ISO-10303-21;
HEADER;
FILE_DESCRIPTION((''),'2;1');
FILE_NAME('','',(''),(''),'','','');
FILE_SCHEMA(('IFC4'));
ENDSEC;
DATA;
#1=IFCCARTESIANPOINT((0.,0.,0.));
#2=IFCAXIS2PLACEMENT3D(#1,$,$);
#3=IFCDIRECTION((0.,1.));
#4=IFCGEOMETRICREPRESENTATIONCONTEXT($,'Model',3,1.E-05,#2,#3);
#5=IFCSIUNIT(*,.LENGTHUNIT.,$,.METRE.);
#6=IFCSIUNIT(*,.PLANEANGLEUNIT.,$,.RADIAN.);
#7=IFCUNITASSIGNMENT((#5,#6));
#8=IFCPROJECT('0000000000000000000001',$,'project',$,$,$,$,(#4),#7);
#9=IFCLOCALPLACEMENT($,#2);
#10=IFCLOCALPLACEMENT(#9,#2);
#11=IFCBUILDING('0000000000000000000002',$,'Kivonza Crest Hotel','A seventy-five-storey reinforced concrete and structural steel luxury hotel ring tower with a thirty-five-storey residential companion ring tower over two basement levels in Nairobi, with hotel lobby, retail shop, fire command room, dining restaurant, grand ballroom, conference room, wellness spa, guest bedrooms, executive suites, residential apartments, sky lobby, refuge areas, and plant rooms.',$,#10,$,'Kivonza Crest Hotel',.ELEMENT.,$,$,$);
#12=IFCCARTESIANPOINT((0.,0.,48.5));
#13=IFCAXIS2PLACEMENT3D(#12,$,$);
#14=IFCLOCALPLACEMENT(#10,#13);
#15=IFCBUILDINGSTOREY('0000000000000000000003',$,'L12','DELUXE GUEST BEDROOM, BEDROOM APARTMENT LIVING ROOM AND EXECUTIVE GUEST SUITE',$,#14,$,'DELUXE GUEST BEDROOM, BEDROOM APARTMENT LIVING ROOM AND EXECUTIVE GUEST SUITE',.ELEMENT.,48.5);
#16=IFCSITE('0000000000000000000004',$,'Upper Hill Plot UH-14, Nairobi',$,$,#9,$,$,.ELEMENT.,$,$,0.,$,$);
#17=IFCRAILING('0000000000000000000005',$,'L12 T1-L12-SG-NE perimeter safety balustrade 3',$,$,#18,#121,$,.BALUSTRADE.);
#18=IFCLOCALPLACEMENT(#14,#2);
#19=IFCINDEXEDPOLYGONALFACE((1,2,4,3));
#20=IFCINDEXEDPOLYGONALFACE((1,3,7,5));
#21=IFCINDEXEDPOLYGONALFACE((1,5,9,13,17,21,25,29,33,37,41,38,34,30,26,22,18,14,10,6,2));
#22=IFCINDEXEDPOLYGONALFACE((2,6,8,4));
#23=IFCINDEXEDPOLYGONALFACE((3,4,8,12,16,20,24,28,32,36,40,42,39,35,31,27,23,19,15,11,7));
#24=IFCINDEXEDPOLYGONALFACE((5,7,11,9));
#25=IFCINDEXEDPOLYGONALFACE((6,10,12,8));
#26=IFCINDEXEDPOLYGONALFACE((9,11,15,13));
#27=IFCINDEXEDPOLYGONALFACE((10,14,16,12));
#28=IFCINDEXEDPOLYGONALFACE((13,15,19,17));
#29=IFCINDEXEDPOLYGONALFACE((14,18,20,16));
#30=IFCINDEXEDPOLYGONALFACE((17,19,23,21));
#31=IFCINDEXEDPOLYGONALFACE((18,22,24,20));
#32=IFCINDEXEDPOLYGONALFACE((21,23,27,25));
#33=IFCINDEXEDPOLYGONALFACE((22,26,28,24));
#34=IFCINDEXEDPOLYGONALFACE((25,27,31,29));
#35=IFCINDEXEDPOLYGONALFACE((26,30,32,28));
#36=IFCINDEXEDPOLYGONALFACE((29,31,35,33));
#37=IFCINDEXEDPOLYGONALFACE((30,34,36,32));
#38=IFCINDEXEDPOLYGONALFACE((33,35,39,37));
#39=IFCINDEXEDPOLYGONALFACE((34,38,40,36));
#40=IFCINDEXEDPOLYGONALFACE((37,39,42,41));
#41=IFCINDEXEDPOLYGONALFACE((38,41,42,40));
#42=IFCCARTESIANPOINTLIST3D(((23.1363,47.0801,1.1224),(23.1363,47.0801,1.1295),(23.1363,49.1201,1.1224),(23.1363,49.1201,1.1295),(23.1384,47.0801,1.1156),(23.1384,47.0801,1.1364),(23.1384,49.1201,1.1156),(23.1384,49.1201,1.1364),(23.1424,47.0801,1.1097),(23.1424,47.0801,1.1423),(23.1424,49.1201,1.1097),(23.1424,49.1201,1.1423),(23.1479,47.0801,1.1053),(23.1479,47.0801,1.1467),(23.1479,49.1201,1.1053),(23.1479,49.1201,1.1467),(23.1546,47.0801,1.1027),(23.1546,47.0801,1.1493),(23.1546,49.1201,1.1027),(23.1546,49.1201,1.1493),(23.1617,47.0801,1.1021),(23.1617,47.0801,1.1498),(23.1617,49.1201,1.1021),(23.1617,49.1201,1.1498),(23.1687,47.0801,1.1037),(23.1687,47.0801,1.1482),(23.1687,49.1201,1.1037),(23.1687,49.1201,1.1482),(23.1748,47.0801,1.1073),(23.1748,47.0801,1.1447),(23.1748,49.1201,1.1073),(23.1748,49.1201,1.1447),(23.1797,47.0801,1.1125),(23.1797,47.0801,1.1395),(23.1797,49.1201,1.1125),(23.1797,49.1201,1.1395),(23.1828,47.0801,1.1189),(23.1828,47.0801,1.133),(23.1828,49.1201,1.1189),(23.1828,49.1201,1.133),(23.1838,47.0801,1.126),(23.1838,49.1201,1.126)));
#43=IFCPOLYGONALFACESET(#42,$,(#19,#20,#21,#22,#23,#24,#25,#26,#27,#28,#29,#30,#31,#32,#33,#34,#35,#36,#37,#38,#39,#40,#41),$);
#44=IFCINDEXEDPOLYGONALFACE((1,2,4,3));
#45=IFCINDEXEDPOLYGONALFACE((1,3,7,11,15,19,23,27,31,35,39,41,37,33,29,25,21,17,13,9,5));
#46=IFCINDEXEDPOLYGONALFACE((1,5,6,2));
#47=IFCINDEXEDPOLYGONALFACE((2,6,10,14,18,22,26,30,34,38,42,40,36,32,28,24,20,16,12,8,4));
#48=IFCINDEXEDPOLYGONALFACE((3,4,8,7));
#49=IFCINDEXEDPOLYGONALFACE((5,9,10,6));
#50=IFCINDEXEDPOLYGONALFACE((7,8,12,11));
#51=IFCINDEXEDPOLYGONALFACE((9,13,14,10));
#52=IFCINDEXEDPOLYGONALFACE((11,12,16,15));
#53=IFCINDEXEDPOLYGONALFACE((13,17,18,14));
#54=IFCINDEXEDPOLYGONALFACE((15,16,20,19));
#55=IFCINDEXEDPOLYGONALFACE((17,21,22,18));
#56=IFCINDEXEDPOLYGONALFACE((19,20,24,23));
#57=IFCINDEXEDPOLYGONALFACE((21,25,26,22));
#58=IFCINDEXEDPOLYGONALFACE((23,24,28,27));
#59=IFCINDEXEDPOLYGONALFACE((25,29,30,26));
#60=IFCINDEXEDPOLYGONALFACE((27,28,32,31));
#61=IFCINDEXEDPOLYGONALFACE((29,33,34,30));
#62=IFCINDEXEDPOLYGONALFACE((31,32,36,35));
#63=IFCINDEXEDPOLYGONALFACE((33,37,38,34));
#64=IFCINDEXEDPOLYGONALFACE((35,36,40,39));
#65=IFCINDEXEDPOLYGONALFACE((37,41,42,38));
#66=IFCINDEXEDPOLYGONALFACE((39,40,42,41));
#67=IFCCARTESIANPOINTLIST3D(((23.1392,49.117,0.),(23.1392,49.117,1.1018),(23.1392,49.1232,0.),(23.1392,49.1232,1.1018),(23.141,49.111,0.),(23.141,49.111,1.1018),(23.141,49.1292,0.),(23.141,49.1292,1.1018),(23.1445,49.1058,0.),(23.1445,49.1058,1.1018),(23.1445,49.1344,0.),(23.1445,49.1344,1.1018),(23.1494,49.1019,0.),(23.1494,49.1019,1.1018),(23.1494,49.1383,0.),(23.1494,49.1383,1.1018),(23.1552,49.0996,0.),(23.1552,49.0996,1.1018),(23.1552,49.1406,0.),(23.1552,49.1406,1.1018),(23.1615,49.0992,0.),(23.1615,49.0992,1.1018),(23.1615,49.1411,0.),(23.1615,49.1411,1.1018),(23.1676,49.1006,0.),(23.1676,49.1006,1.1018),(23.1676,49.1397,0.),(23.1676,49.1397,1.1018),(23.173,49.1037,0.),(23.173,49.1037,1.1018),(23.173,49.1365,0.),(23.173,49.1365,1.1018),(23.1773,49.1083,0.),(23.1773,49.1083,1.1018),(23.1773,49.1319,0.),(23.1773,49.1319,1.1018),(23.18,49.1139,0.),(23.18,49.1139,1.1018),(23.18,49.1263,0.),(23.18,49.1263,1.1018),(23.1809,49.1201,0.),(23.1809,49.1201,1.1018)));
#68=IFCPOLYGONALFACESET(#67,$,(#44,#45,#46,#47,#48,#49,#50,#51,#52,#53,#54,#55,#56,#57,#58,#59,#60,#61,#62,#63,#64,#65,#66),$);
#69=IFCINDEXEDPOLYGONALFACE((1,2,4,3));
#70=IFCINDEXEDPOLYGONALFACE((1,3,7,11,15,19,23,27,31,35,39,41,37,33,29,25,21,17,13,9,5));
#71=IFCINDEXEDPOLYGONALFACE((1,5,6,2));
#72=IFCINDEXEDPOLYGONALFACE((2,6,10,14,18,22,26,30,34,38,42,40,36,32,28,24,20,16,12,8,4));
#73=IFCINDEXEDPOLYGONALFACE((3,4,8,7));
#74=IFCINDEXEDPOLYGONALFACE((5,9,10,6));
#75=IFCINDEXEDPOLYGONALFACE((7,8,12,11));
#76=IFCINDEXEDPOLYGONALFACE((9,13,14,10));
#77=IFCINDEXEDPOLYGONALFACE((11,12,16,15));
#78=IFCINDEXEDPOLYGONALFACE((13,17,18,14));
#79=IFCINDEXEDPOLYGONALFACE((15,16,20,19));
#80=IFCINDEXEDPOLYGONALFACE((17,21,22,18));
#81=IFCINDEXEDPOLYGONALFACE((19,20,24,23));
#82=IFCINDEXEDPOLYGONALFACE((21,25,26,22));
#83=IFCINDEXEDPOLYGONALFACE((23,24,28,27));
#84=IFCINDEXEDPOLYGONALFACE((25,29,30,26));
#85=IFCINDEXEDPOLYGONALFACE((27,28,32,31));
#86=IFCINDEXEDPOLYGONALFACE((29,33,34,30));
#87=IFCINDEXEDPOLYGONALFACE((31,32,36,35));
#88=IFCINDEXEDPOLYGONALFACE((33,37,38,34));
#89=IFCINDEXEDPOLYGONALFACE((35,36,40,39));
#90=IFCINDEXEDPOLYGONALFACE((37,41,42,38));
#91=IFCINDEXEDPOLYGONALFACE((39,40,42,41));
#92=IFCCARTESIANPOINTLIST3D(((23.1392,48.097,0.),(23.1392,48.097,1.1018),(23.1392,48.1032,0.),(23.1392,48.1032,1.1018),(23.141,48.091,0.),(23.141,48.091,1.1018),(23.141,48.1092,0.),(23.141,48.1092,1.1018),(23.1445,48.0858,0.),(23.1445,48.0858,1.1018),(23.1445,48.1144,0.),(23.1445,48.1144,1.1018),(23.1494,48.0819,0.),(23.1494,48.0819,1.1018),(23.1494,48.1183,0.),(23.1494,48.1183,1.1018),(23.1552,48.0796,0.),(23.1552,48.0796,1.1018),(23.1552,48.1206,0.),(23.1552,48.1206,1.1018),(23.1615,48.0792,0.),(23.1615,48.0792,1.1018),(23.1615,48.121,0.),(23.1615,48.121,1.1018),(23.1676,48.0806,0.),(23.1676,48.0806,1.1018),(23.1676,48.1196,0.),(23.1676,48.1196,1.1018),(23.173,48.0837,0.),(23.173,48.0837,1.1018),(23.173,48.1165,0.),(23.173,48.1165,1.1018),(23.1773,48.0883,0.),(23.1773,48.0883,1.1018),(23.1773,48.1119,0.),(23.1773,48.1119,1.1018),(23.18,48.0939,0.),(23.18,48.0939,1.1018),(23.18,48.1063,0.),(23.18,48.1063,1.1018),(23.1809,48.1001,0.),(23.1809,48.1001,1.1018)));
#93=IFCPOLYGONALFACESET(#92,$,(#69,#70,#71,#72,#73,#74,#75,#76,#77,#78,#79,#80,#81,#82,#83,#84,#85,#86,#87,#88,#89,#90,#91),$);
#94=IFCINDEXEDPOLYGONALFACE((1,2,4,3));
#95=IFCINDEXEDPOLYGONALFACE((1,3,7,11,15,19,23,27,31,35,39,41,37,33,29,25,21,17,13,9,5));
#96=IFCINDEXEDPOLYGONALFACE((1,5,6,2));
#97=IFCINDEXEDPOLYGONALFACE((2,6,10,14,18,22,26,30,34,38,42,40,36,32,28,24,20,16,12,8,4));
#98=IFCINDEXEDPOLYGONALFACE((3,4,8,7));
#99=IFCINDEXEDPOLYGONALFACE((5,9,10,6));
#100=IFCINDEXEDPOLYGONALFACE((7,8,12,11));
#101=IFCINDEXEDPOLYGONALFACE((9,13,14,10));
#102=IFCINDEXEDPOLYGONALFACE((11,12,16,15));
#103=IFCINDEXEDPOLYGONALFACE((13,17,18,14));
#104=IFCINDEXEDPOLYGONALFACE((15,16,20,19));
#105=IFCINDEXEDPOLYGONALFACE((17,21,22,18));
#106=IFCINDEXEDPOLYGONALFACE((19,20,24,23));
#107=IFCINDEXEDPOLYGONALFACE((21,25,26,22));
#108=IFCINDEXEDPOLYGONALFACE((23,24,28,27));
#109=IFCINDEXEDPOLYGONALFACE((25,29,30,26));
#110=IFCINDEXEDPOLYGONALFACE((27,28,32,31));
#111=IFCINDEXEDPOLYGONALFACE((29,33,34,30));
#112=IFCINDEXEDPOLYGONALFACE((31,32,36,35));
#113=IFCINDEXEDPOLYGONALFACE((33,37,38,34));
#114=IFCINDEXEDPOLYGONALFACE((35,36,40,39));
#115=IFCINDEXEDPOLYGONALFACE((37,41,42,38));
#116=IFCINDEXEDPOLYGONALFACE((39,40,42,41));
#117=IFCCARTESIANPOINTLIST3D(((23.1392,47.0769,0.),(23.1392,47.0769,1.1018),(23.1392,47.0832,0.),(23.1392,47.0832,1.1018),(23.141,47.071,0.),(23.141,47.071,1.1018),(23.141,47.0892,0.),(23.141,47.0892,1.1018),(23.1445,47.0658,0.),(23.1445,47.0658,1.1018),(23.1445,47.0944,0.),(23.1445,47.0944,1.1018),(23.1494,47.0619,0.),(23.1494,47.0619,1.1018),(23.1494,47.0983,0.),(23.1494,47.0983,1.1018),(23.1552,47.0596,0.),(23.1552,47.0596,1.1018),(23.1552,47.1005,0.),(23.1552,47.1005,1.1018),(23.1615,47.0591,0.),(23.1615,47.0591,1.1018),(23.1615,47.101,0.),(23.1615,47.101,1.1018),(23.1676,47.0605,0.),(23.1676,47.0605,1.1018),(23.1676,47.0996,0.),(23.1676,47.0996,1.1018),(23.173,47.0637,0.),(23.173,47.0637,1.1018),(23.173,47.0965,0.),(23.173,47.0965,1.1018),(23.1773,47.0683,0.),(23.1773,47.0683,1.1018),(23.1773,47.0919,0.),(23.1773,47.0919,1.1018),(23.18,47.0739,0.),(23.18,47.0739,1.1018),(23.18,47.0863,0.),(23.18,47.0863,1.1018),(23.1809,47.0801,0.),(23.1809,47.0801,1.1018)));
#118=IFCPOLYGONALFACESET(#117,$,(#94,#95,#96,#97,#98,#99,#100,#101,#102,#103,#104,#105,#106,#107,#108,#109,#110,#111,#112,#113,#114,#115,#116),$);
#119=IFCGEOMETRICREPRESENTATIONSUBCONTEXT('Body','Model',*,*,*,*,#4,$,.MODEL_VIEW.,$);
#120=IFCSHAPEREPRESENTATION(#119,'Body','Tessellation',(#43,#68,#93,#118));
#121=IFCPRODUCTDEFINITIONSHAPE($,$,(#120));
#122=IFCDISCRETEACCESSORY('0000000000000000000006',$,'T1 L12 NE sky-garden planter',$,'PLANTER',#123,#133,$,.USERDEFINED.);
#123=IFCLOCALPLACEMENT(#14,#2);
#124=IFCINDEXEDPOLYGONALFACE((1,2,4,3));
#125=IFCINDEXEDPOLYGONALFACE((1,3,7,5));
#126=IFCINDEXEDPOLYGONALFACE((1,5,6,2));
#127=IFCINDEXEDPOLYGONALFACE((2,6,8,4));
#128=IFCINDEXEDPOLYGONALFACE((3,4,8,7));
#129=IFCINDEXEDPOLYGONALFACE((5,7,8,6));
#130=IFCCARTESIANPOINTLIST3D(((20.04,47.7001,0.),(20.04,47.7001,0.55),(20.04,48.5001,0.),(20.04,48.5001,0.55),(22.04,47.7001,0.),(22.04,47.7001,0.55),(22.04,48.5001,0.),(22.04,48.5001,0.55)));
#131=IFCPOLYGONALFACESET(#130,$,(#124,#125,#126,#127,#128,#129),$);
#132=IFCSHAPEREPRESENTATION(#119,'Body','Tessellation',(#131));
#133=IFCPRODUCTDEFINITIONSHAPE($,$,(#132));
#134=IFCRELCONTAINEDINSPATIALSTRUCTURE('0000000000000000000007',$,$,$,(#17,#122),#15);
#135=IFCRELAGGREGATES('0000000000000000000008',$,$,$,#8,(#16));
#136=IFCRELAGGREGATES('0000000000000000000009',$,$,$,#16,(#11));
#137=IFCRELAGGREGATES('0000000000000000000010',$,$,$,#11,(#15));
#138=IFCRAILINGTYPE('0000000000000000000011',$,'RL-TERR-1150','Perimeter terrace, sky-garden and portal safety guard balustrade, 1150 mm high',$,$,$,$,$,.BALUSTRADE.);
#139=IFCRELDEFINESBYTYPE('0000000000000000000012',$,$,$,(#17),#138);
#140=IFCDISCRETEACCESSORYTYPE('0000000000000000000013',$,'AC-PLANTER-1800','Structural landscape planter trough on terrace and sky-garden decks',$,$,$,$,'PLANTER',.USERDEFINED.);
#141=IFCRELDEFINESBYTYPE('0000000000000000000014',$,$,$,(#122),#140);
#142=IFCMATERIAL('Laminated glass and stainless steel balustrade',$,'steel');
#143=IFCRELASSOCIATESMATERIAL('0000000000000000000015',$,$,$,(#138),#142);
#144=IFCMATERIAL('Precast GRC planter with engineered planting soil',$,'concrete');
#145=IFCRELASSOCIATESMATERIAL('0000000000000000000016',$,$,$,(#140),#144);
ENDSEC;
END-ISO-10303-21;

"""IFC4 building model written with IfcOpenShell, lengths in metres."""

from ifc_helpers import new_model, si_unit, direction, frame, origin, origin_2d, place, context, subcontext, project, spatial, rectangle, circle, extrude, material, type_object, element, save


model = new_model("IFC4")

# Units and contexts
model_context = context("Model", 3, precision=1e-05, world=origin(), true_north=direction((0.0, 1.0)))
body_context = subcontext(model_context, "Body", "Model", "MODEL_VIEW")
ifc_project = project(units=[si_unit("LENGTHUNIT", "METRE"), si_unit("PLANEANGLEUNIT", "RADIAN")], contexts=[model_context])

# Site, building, storey
site_placement = place(None, origin())
site = spatial("IfcSite", under=ifc_project, at=site_placement, Name="Upper Hill Plot UH-14, Nairobi", CompositionType="ELEMENT", RefElevation=0.0)
building_placement = place(site_placement, origin())
building = spatial("IfcBuilding", under=site, at=building_placement, Name="Kivonza Crest Hotel", Description="A seventy-five-storey reinforced concrete and structural steel luxury hotel ring tower with a thirty-five-storey residential companion ring tower over two basement levels in Nairobi, with hotel lobby, retail shop, fire command room, dining restaurant, grand ballroom, conference room, wellness spa, guest bedrooms, executive suites, residential apartments, sky lobby, refuge areas, and plant rooms.", LongName="Kivonza Crest Hotel", CompositionType="ELEMENT")
storey_placement = place(building_placement, frame((0.0, 0.0, 48.5)))
storey = spatial("IfcBuildingStorey", under=building, at=storey_placement, Name="L12", Description="DELUXE GUEST BEDROOM, BEDROOM APARTMENT LIVING ROOM AND EXECUTIVE GUEST SUITE", LongName="DELUXE GUEST BEDROOM, BEDROOM APARTMENT LIVING ROOM AND EXECUTIVE GUEST SUITE", CompositionType="ELEMENT", Elevation=48.5)

# Railing
ifc_material_1 = material(Name="Laminated glass and stainless steel balustrade", Category="steel")
railing_type = type_object("IfcRailingType", Name="RL-TERR-1150", Description="Perimeter terrace, sky-garden and portal safety guard balustrade, 1150 mm high", PredefinedType="BALUSTRADE", material=ifc_material_1)
railing_1_placement = place(storey_placement, frame((23.1599, 49.1201, 0.0)))
element("IfcRailing", 1, at=railing_1_placement, inside=storey, type_object=railing_type, Name="L12 T1-L12-SG-NE perimeter safety balustrade 3", PredefinedType="BALUSTRADE", context=body_context, shape_type="SweptSolid", body=[
    extrude(circle(Radius=0.0239, at=origin_2d()), frame((0.0, 0.0, 1.126), z_axis=(0.0, -1.0, 0.0), x_axis=(1.0, 0.0, 0.0)), (0.0, 0.0, 1.0), 2.04),
    extrude(circle(Radius=0.021, at=origin_2d()), origin(), (0.0, 0.0, 1.0), 1.1018),
    extrude(circle(Radius=0.021, at=origin_2d()), frame((0.0, -1.02, 0.0)), (0.0, 0.0, 1.0), 1.1018),
    extrude(circle(Radius=0.021, at=origin_2d()), frame((0.0, -2.04, 0.0)), (0.0, 0.0, 1.0), 1.1018),
])

# Discrete accessory
ifc_material_2 = material(Name="Precast GRC planter with engineered planting soil", Category="concrete")
discrete_accessory_type = type_object("IfcDiscreteAccessoryType", Name="AC-PLANTER-1800", Description="Structural landscape planter trough on terrace and sky-garden decks", ElementType="PLANTER", PredefinedType="USERDEFINED", material=ifc_material_2)
discrete_accessory_placement = place(storey_placement, frame((21.04, 48.1001, 0.0), z_axis=(0.0, 0.0, 1.0), x_axis=(1.0, 0.0, 0.0)))
element("IfcDiscreteAccessory", 2, at=discrete_accessory_placement, inside=storey, type_object=discrete_accessory_type, Name="T1 L12 NE sky-garden planter", ObjectType="PLANTER", PredefinedType="USERDEFINED", context=body_context, shape_type="SweptSolid", body=[
    extrude(rectangle(XDim=2.0, YDim=0.8, at=origin_2d()), origin(), (0.0, 0.0, 1.0), 0.55),
])

save(model, "model.ifc")
